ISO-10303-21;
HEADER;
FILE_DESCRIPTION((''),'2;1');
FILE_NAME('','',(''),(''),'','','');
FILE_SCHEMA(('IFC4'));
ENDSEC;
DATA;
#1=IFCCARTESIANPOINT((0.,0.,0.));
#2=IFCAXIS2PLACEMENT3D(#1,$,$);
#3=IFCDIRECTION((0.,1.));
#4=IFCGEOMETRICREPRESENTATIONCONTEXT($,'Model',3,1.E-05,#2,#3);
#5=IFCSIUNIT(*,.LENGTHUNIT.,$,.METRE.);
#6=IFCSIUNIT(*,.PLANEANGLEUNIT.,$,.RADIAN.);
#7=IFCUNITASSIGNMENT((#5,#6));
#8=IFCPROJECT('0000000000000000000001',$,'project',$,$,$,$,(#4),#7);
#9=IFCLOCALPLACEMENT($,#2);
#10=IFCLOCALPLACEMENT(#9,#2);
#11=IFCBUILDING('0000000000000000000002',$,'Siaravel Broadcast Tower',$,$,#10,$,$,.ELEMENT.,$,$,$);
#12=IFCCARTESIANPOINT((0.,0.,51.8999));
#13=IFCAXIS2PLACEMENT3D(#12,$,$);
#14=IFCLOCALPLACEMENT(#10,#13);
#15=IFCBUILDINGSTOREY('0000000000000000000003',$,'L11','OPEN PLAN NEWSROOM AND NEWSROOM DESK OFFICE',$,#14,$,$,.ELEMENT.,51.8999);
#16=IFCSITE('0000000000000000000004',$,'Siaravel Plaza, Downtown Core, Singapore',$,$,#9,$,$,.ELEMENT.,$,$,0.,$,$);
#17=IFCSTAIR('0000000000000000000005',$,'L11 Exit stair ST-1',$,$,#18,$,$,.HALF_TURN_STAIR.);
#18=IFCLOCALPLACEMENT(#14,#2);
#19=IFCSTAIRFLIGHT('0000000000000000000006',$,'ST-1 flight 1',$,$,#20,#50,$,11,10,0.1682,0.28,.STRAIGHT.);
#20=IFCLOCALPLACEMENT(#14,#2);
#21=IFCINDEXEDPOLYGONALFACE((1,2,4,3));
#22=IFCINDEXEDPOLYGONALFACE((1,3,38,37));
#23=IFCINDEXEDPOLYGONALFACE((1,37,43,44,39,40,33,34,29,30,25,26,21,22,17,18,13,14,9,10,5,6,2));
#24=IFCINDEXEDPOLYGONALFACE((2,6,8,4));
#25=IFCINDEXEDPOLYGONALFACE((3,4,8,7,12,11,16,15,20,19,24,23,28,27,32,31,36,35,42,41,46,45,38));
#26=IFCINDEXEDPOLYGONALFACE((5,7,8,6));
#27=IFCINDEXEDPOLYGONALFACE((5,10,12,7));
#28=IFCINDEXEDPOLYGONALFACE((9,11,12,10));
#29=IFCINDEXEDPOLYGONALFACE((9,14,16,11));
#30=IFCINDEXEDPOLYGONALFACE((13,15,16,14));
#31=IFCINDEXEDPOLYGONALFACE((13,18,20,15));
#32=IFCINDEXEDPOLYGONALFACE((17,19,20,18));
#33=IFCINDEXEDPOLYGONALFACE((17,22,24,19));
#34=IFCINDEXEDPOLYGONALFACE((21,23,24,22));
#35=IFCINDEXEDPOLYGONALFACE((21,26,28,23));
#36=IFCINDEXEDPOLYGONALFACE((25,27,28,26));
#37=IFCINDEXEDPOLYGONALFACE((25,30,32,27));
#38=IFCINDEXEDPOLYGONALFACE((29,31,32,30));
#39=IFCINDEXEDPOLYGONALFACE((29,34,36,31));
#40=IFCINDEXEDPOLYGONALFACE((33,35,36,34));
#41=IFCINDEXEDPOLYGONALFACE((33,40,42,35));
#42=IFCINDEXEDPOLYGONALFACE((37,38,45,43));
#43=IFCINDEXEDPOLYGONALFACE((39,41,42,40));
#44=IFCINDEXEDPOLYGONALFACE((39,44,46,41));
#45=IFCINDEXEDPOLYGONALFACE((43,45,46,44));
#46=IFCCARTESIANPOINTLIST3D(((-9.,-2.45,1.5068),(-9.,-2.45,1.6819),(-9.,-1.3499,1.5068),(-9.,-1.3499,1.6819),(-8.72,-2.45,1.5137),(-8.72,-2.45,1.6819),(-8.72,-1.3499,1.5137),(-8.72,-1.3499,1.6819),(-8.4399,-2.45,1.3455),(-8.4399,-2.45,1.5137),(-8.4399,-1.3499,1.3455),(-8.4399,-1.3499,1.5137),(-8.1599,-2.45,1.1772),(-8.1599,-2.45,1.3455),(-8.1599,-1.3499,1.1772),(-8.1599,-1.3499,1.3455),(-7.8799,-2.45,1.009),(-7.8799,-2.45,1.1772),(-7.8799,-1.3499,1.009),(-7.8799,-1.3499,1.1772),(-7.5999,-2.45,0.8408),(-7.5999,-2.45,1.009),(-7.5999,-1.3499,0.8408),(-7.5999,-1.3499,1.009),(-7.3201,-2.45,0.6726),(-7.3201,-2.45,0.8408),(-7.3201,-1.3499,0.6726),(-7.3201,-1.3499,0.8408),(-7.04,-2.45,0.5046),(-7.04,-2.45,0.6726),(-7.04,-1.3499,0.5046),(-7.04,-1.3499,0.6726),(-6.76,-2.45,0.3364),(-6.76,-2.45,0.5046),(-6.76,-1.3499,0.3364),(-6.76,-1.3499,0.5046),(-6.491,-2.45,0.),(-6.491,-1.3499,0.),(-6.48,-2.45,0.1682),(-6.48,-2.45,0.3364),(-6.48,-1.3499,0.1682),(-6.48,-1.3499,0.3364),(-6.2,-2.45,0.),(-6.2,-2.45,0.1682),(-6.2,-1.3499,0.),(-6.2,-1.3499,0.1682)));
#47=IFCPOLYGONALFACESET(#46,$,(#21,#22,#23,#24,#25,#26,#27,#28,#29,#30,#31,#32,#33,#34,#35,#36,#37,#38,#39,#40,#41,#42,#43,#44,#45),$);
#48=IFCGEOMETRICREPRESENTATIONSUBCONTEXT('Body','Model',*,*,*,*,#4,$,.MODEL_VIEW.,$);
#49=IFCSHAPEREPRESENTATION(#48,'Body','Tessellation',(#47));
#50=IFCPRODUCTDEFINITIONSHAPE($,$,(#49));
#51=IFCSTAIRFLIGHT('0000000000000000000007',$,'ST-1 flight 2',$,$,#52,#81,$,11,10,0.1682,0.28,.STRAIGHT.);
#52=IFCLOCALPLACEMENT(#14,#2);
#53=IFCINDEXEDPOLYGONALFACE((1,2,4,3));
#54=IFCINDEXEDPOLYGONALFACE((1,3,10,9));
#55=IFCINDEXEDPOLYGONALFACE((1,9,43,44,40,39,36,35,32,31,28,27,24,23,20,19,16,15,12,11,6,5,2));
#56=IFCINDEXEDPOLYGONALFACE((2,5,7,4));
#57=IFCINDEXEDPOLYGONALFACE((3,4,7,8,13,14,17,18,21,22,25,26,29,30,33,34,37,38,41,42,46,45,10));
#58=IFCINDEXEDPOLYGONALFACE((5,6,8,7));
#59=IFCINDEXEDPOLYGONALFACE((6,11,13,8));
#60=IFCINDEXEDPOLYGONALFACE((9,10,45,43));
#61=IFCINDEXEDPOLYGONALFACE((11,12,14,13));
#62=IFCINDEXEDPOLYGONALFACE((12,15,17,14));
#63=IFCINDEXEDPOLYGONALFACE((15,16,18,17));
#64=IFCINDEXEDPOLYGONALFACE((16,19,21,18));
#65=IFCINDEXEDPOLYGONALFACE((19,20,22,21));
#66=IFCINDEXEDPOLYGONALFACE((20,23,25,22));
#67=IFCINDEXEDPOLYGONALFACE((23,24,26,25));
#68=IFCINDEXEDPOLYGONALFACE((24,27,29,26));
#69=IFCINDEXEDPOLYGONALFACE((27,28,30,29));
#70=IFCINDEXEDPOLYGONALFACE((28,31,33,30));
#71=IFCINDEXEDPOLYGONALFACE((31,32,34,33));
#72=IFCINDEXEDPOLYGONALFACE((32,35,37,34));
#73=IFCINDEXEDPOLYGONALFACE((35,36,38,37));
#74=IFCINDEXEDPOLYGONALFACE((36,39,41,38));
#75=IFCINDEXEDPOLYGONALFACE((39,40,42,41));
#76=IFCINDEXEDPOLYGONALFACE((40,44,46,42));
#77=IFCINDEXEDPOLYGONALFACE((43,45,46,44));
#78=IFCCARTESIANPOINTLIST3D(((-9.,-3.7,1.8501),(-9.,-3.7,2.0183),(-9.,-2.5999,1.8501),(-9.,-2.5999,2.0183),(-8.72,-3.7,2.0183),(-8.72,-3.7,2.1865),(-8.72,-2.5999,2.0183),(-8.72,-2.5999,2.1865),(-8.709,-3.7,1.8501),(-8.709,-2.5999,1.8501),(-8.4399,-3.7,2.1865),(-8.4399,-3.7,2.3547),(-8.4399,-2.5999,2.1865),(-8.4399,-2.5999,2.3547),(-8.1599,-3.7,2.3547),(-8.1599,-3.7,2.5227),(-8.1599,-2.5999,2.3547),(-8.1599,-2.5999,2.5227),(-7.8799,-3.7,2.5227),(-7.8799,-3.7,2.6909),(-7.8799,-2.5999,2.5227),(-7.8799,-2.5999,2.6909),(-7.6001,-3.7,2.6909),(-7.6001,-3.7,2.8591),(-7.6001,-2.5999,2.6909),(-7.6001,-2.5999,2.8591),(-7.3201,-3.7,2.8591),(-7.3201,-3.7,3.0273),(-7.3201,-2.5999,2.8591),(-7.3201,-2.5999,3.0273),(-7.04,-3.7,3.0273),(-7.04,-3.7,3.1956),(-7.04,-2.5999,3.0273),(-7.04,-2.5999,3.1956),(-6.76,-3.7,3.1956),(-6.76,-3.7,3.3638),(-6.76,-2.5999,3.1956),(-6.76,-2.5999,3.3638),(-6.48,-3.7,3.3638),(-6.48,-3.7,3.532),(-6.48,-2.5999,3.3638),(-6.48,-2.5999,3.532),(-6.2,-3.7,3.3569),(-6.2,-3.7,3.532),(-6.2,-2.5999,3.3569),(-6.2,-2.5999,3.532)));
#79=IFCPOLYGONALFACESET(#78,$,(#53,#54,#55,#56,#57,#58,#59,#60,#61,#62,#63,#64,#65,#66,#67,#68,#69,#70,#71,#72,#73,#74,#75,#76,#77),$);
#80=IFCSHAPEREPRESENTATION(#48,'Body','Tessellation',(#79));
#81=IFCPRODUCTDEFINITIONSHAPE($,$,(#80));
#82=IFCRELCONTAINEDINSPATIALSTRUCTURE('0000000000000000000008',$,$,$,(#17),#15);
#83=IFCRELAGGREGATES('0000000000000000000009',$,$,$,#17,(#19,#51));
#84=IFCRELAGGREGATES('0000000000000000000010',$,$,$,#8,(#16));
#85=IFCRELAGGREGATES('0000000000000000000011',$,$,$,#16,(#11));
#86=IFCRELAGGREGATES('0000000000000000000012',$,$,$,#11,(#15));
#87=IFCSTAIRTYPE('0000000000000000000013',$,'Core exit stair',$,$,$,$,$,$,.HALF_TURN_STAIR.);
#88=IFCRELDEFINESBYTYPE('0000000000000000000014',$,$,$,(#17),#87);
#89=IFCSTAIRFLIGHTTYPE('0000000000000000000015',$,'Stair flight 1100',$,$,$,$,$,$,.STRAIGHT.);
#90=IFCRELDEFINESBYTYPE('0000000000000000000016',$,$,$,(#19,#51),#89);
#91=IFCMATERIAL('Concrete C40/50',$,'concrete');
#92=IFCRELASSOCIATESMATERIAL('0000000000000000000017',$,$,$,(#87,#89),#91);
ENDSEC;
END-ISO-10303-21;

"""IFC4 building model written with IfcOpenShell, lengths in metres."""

from ifc_helpers import new_model, si_unit, direction, frame, origin, place, context, subcontext, project, spatial, polyline, outline, extrude, material, type_object, element, aggregate, save


model = new_model("IFC4")

# Units and contexts
model_context = context("Model", 3, precision=1e-05, world=origin(), true_north=direction((0.0, 1.0)))
body_context = subcontext(model_context, "Body", "Model", "MODEL_VIEW")
ifc_project = project(units=[si_unit("LENGTHUNIT", "METRE"), si_unit("PLANEANGLEUNIT", "RADIAN")], contexts=[model_context])

# Site, building, storey
site_placement = place(None, origin())
site = spatial("IfcSite", under=ifc_project, at=site_placement, Name="Siaravel Plaza, Downtown Core, Singapore", CompositionType="ELEMENT", RefElevation=0.0)
building_placement = place(site_placement, origin())
building = spatial("IfcBuilding", under=site, at=building_placement, Name="Siaravel Broadcast Tower", CompositionType="ELEMENT")
storey_placement = place(building_placement, frame((0.0, 0.0, 51.8999)))
storey = spatial("IfcBuildingStorey", under=building, at=storey_placement, Name="L11", Description="OPEN PLAN NEWSROOM AND NEWSROOM DESK OFFICE", CompositionType="ELEMENT", Elevation=51.8999)

# Stair, stair flights
ifc_material_1 = material(Name="Concrete C40/50", Category="concrete")
stair_type = type_object("IfcStairType", Name="Core exit stair", PredefinedType="HALF_TURN_STAIR", material=ifc_material_1)
stair_placement = place(storey_placement, origin())
stair = element("IfcStair", 1, at=stair_placement, inside=storey, type_object=stair_type, Name="L11 Exit stair ST-1", PredefinedType="HALF_TURN_STAIR")
stair_flight_type = type_object("IfcStairFlightType", Name="Stair flight 1100", PredefinedType="STRAIGHT", material=ifc_material_1)
stair_flight_1_placement = place(storey_placement, frame((-6.2, -1.8999, 0.0), z_axis=(0.0, 0.0, 1.0), x_axis=(-1.0, 0.0, 0.0)))
stair_flight_1 = element("IfcStairFlight", 2, at=stair_flight_1_placement, type_object=stair_flight_type, Name="ST-1 flight 1", NumberOfRisers=11, NumberOfTreads=10, PredefinedType="STRAIGHT", RiserHeight=0.1682, TreadLength=0.28, context=body_context, shape_type="SweptSolid", body=[
    extrude(outline(polyline([(0.0, 0.0), (0.0, 0.1682), (0.28, 0.1682), (0.28, 0.3364), (0.5601, 0.3364), (0.5601, 0.5046), (0.8401, 0.5046), (0.8401, 0.6726), (1.1201, 0.6726), (1.1201, 0.8408), (1.3999, 0.8408), (1.3999, 1.009), (1.6799, 1.009), (1.6799, 1.1772), (1.96, 1.1772), (1.96, 1.3455), (2.24, 1.3455), (2.24, 1.5137), (2.52, 1.5137), (2.52, 1.6819), (2.8, 1.6819), (2.8, 1.8501), (2.8, 1.5068), (0.291, 0.0), (0.0, 0.0)])), frame((0.0, 0.55, 0.0), z_axis=(0.0, -1.0, 0.0), x_axis=(1.0, 0.0, 0.0)), (0.0, 0.0, 1.0), 1.1001),
])
stair_flight_2_placement = place(storey_placement, frame((-9.0, -3.1499, 1.8501), z_axis=(0.0, 0.0, 1.0), x_axis=(1.0, 0.0, 0.0)))
stair_flight_2 = element("IfcStairFlight", 3, at=stair_flight_2_placement, type_object=stair_flight_type, Name="ST-1 flight 2", NumberOfRisers=11, NumberOfTreads=10, PredefinedType="STRAIGHT", RiserHeight=0.1682, TreadLength=0.28, context=body_context, shape_type="SweptSolid", body=[
    extrude(outline(polyline([(0.0, 0.0), (0.0, 0.1682), (0.28, 0.1682), (0.28, 0.3364), (0.5601, 0.3364), (0.5601, 0.5046), (0.8401, 0.5046), (0.8401, 0.6726), (1.1201, 0.6726), (1.1201, 0.8408), (1.3999, 0.8408), (1.3999, 1.009), (1.6799, 1.009), (1.6799, 1.1772), (1.96, 1.1772), (1.96, 1.3455), (2.24, 1.3455), (2.24, 1.5137), (2.52, 1.5137), (2.52, 1.6819), (2.8, 1.6819), (2.8, 1.8501), (2.8, 1.5068), (0.291, 0.0), (0.0, 0.0)])), frame((0.0, 0.55, 0.0), z_axis=(0.0, -1.0, 0.0), x_axis=(1.0, 0.0, 0.0)), (0.0, 0.0, 1.0), 1.1001),
])
aggregate(stair, [stair_flight_1, stair_flight_2])

save(model, "model.ifc")
